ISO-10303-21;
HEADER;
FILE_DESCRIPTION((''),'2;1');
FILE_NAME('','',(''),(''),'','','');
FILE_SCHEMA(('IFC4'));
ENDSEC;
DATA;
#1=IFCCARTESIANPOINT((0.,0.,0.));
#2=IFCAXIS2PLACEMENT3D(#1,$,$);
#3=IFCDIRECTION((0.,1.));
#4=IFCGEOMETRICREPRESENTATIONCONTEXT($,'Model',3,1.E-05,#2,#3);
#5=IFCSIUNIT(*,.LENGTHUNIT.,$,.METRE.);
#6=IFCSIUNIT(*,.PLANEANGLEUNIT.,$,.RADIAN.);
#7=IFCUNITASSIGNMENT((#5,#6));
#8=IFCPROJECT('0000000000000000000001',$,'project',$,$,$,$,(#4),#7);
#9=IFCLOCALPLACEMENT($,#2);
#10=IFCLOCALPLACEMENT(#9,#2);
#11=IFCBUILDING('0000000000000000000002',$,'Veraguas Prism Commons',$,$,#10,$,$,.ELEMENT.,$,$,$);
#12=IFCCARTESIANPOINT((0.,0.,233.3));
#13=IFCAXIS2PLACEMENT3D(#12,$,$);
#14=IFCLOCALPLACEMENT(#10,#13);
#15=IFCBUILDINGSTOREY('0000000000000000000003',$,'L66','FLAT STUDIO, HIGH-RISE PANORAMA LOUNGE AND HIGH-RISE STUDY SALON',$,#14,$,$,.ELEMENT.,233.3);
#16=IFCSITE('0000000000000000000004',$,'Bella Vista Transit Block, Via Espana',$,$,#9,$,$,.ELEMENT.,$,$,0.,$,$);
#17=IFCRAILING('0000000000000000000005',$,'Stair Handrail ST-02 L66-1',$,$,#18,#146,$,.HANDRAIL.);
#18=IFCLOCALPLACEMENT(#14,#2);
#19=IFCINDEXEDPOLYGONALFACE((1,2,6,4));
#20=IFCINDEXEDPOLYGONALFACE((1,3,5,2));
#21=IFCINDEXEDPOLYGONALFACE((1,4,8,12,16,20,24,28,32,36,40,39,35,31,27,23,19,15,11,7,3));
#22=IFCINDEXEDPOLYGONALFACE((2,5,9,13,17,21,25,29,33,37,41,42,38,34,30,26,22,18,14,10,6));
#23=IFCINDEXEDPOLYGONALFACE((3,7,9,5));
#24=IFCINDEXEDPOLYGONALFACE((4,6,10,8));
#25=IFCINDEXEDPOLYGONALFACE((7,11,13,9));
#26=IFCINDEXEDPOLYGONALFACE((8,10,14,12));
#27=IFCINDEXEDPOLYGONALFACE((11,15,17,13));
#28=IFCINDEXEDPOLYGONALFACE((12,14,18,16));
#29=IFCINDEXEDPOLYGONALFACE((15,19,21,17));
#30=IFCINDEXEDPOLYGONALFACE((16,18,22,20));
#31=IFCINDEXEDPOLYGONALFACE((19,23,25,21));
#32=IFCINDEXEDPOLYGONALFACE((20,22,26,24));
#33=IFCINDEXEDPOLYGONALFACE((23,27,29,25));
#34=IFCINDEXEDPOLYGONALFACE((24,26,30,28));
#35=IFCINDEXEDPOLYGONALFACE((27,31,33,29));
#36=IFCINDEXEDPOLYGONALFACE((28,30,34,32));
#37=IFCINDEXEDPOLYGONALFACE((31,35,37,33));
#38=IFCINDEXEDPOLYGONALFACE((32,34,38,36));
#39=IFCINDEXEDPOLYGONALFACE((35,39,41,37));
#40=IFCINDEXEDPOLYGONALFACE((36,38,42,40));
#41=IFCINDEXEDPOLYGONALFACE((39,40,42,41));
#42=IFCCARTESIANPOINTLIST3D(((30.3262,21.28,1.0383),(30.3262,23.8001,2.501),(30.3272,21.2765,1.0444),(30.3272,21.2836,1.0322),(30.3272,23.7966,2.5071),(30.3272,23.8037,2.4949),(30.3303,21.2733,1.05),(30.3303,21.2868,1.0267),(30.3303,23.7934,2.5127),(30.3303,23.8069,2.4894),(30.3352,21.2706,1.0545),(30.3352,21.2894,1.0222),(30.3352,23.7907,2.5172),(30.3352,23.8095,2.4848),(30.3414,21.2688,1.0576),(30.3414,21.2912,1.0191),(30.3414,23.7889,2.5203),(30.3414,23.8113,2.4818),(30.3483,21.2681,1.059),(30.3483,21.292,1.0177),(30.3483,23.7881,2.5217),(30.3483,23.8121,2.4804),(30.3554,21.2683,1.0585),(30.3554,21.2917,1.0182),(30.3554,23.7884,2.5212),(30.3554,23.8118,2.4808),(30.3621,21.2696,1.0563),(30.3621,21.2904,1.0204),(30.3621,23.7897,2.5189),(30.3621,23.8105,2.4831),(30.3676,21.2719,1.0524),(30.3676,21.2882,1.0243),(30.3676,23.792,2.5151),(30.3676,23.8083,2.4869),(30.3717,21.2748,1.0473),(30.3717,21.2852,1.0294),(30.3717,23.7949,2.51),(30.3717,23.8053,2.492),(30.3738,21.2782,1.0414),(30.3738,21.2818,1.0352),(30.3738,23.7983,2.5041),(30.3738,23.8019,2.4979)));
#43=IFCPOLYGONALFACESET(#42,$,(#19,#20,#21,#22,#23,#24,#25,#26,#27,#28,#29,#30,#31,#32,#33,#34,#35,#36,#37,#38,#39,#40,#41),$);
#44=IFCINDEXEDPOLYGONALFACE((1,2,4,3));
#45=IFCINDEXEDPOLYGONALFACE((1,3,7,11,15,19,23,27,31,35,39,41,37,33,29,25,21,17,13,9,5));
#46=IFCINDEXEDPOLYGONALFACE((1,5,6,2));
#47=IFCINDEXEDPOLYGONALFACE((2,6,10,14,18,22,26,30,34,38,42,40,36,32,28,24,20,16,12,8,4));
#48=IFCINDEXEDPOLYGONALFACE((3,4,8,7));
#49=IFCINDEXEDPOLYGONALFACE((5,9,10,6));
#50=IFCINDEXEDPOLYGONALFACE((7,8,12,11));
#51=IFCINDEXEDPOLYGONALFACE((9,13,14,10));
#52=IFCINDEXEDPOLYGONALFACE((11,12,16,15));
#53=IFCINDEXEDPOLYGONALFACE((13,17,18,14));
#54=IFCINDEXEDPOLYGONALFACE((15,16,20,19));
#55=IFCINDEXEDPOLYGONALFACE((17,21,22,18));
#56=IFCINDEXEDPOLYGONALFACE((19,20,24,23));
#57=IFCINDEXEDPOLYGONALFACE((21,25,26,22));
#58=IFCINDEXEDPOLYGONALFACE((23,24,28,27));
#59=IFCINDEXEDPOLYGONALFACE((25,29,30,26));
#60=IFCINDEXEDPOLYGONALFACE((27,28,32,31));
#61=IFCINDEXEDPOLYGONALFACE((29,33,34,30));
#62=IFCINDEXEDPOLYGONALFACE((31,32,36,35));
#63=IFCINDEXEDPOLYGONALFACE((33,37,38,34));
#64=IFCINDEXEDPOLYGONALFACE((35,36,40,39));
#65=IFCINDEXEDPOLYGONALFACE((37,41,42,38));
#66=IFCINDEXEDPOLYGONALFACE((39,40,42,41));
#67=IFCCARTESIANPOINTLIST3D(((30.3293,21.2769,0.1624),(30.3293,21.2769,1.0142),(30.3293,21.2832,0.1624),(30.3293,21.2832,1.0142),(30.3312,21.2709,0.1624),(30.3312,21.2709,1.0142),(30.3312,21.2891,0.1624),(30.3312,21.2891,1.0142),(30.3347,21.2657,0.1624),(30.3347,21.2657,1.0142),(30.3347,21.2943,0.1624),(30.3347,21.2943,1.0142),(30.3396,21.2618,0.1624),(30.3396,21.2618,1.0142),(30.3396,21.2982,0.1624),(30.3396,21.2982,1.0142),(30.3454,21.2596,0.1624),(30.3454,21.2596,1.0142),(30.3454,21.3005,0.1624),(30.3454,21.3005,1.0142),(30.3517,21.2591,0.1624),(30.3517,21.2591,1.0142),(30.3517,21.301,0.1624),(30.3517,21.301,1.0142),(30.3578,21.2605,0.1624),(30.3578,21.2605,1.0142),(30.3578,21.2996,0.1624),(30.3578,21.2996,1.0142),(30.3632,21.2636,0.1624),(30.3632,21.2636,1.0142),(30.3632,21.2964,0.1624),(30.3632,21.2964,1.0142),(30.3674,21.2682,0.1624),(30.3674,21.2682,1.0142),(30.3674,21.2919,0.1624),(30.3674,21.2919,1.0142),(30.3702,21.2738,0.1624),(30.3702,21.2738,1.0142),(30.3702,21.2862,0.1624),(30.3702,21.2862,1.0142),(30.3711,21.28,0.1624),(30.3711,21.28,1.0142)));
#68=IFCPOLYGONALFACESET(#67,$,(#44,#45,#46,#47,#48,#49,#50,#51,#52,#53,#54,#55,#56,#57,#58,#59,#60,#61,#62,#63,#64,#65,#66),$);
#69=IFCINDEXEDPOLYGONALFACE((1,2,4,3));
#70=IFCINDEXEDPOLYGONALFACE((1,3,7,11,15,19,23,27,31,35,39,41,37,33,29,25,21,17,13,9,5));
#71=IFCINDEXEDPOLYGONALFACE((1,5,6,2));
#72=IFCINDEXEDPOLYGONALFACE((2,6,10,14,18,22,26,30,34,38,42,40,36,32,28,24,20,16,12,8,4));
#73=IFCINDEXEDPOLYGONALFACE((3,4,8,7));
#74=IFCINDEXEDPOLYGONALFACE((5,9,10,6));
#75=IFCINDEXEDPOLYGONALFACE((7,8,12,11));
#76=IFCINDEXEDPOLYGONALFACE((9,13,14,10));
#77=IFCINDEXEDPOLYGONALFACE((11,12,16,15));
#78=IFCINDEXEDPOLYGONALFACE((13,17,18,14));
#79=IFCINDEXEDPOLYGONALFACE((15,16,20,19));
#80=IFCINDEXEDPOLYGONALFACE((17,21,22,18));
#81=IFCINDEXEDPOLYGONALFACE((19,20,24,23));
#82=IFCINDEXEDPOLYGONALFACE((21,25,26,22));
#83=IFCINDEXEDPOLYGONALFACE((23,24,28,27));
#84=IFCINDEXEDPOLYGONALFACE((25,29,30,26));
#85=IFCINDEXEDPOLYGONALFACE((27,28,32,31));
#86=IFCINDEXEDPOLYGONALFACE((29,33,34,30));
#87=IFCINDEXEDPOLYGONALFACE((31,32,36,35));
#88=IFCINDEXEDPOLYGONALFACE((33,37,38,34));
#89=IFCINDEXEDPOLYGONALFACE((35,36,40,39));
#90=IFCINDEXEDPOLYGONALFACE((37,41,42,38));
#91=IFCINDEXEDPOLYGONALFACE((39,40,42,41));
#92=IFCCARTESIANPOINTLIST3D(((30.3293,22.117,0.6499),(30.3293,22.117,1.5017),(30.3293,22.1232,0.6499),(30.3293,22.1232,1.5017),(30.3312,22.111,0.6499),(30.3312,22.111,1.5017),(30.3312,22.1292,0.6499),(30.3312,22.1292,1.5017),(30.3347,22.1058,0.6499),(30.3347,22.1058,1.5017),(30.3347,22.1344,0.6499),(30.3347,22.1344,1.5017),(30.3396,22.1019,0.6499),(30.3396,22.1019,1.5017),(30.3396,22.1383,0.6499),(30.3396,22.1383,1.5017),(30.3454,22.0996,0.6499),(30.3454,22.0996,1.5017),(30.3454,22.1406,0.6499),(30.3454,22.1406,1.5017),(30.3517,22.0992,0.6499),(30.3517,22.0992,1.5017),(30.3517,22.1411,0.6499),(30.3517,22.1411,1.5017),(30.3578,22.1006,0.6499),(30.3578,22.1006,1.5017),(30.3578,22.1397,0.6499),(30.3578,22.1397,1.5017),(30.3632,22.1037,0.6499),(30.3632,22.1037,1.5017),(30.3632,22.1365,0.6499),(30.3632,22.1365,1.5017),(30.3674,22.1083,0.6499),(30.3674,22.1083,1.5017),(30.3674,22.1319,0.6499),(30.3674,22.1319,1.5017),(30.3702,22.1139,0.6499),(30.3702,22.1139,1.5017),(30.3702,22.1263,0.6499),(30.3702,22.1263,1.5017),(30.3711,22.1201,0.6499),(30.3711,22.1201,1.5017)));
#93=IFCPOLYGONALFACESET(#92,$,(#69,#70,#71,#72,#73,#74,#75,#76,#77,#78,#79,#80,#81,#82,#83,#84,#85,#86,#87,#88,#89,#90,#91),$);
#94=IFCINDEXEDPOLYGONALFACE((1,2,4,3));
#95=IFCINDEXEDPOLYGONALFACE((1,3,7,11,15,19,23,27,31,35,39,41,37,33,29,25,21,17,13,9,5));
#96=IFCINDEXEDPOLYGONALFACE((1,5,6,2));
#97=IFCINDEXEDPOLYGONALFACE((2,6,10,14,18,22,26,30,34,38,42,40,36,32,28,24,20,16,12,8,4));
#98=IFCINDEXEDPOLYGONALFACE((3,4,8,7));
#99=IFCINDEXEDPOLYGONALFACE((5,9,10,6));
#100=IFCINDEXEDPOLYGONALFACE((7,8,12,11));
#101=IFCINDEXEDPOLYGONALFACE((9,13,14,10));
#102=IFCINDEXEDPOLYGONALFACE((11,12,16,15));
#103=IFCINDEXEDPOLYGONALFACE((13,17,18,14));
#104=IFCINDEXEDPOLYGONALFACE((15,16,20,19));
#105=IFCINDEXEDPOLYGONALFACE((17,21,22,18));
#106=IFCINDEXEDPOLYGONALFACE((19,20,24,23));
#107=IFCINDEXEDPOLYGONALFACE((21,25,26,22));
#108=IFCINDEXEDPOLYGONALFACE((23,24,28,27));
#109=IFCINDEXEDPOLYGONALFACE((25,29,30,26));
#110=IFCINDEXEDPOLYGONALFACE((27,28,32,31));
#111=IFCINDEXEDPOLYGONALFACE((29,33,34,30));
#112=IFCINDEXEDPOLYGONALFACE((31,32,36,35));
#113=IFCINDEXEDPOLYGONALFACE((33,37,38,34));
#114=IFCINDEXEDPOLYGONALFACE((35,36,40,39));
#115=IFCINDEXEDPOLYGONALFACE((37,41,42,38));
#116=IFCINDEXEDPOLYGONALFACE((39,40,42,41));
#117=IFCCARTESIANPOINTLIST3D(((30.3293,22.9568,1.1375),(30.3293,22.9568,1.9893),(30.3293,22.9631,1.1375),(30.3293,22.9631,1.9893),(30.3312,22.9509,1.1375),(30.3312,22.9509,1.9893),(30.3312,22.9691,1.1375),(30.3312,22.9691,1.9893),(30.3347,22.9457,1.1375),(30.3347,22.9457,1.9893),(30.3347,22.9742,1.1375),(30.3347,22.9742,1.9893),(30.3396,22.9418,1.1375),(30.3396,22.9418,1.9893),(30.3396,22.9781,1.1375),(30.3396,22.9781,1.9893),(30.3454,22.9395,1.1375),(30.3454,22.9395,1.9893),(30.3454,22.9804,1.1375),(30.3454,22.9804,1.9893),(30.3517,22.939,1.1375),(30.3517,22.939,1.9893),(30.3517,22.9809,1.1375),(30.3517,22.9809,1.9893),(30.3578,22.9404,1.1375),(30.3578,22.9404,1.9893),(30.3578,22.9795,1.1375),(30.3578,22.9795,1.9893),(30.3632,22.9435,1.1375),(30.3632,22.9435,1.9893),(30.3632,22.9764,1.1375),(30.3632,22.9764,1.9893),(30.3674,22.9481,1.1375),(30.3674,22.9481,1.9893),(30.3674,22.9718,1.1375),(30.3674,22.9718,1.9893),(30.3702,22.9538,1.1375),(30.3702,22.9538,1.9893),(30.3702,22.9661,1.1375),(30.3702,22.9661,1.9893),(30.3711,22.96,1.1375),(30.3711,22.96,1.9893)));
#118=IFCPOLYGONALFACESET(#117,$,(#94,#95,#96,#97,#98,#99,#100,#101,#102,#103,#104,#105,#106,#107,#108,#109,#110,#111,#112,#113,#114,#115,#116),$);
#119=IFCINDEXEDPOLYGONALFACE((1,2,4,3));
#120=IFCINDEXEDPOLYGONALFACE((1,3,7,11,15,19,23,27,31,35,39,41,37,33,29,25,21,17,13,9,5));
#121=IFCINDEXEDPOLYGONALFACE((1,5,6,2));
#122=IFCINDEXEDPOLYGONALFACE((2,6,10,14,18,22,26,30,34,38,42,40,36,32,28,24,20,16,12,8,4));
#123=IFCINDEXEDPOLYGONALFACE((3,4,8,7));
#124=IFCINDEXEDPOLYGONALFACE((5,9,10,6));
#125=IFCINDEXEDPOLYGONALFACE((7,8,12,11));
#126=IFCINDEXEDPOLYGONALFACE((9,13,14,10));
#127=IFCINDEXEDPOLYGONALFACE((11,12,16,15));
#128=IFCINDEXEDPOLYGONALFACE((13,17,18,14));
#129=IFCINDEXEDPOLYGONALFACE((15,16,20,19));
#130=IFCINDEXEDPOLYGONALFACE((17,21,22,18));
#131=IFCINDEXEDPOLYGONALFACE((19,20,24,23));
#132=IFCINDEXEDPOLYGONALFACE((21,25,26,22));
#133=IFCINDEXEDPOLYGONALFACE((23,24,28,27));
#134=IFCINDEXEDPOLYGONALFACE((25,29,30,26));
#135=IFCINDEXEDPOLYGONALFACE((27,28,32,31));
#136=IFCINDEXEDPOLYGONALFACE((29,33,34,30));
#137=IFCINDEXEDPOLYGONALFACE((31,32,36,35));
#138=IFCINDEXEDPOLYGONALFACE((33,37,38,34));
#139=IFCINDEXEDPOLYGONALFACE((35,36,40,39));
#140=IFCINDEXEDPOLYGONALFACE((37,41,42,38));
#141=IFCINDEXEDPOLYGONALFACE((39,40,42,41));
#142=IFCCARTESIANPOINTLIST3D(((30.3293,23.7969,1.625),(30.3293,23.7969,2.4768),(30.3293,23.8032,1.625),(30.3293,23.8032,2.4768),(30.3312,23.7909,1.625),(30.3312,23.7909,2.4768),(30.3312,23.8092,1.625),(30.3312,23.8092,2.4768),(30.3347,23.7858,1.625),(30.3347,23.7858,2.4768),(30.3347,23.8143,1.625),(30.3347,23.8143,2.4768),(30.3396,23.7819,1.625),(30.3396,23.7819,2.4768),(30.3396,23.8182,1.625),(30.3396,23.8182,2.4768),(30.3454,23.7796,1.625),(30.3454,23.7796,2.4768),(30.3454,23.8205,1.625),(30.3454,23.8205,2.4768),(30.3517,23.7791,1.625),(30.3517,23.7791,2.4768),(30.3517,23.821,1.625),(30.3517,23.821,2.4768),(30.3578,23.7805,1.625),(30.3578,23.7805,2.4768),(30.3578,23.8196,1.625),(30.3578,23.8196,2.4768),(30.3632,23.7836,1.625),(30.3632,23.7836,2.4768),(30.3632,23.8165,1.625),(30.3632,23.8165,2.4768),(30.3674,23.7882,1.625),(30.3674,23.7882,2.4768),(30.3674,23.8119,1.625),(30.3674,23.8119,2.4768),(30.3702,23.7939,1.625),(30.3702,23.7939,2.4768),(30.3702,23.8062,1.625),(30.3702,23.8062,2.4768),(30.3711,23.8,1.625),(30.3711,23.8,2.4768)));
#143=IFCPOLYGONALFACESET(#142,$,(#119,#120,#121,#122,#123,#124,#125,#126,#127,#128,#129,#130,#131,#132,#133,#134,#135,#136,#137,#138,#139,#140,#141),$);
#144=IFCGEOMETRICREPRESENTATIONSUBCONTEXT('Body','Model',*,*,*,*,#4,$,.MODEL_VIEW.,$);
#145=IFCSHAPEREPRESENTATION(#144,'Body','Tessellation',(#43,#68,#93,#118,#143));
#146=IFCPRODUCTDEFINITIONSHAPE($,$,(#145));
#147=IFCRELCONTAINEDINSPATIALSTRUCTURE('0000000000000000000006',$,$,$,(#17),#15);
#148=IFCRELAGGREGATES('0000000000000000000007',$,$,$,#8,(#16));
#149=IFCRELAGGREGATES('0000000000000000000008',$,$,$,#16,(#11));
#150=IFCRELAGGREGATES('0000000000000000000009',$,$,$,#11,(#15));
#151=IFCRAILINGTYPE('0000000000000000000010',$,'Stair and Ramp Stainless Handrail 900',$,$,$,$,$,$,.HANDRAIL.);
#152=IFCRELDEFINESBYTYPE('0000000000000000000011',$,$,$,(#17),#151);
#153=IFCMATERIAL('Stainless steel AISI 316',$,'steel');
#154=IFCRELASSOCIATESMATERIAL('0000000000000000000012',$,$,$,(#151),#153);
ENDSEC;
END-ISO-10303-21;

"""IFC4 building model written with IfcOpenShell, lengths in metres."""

from ifc_helpers import new_model, si_unit, direction, frame, origin, origin_2d, place, context, subcontext, project, spatial, circle, extrude, material, type_object, element, save


model = new_model("IFC4")

# Units and contexts
model_context = context("Model", 3, precision=1e-05, world=origin(), true_north=direction((0.0, 1.0)))
body_context = subcontext(model_context, "Body", "Model", "MODEL_VIEW")
ifc_project = project(units=[si_unit("LENGTHUNIT", "METRE"), si_unit("PLANEANGLEUNIT", "RADIAN")], contexts=[model_context])

# Site, building, storey
site_placement = place(None, origin())
site = spatial("IfcSite", under=ifc_project, at=site_placement, Name="Bella Vista Transit Block, Via Espana", CompositionType="ELEMENT", RefElevation=0.0)
building_placement = place(site_placement, origin())
building = spatial("IfcBuilding", under=site, at=building_placement, Name="Veraguas Prism Commons", CompositionType="ELEMENT")
storey_placement = place(building_placement, frame((0.0, 0.0, 233.3)))
storey = spatial("IfcBuildingStorey", under=building, at=storey_placement, Name="L66", Description="FLAT STUDIO, HIGH-RISE PANORAMA LOUNGE AND HIGH-RISE STUDY SALON", CompositionType="ELEMENT", Elevation=233.3)

# Railing
ifc_material_1 = material(Name="Stainless steel AISI 316", Category="steel")
railing_type_1 = type_object("IfcRailingType", Name="Stair and Ramp Stainless Handrail 900", PredefinedType="HANDRAIL", material=ifc_material_1)
railing_1_placement = place(storey_placement, frame((30.3501, 21.28, 0.1624)))
element("IfcRailing", 1, at=railing_1_placement, inside=storey, type_object=railing_type_1, Name="Stair Handrail ST-02 L66-1", PredefinedType="HANDRAIL", context=body_context, shape_type="SweptSolid", body=[
    extrude(circle(Radius=0.0239, at=origin_2d()), frame((0.0, 0.0, 0.876), z_axis=(0.0, 0.864877, 0.501984), x_axis=(-1.0, 0.0, 0.0)), (0.0, 0.0, 1.0), 2.9138),
    extrude(circle(Radius=0.021, at=origin_2d()), origin(), (0.0, 0.0, 1.0), 0.8518),
    extrude(circle(Radius=0.021, at=origin_2d()), frame((0.0, 0.8401, 0.4875)), (0.0, 0.0, 1.0), 0.8518),
    extrude(circle(Radius=0.021, at=origin_2d()), frame((0.0, 1.6799, 0.9751)), (0.0, 0.0, 1.0), 0.8518),
    extrude(circle(Radius=0.021, at=origin_2d()), frame((0.0, 2.52, 1.4626)), (0.0, 0.0, 1.0), 0.8518),
])

save(model, "model.ifc")
